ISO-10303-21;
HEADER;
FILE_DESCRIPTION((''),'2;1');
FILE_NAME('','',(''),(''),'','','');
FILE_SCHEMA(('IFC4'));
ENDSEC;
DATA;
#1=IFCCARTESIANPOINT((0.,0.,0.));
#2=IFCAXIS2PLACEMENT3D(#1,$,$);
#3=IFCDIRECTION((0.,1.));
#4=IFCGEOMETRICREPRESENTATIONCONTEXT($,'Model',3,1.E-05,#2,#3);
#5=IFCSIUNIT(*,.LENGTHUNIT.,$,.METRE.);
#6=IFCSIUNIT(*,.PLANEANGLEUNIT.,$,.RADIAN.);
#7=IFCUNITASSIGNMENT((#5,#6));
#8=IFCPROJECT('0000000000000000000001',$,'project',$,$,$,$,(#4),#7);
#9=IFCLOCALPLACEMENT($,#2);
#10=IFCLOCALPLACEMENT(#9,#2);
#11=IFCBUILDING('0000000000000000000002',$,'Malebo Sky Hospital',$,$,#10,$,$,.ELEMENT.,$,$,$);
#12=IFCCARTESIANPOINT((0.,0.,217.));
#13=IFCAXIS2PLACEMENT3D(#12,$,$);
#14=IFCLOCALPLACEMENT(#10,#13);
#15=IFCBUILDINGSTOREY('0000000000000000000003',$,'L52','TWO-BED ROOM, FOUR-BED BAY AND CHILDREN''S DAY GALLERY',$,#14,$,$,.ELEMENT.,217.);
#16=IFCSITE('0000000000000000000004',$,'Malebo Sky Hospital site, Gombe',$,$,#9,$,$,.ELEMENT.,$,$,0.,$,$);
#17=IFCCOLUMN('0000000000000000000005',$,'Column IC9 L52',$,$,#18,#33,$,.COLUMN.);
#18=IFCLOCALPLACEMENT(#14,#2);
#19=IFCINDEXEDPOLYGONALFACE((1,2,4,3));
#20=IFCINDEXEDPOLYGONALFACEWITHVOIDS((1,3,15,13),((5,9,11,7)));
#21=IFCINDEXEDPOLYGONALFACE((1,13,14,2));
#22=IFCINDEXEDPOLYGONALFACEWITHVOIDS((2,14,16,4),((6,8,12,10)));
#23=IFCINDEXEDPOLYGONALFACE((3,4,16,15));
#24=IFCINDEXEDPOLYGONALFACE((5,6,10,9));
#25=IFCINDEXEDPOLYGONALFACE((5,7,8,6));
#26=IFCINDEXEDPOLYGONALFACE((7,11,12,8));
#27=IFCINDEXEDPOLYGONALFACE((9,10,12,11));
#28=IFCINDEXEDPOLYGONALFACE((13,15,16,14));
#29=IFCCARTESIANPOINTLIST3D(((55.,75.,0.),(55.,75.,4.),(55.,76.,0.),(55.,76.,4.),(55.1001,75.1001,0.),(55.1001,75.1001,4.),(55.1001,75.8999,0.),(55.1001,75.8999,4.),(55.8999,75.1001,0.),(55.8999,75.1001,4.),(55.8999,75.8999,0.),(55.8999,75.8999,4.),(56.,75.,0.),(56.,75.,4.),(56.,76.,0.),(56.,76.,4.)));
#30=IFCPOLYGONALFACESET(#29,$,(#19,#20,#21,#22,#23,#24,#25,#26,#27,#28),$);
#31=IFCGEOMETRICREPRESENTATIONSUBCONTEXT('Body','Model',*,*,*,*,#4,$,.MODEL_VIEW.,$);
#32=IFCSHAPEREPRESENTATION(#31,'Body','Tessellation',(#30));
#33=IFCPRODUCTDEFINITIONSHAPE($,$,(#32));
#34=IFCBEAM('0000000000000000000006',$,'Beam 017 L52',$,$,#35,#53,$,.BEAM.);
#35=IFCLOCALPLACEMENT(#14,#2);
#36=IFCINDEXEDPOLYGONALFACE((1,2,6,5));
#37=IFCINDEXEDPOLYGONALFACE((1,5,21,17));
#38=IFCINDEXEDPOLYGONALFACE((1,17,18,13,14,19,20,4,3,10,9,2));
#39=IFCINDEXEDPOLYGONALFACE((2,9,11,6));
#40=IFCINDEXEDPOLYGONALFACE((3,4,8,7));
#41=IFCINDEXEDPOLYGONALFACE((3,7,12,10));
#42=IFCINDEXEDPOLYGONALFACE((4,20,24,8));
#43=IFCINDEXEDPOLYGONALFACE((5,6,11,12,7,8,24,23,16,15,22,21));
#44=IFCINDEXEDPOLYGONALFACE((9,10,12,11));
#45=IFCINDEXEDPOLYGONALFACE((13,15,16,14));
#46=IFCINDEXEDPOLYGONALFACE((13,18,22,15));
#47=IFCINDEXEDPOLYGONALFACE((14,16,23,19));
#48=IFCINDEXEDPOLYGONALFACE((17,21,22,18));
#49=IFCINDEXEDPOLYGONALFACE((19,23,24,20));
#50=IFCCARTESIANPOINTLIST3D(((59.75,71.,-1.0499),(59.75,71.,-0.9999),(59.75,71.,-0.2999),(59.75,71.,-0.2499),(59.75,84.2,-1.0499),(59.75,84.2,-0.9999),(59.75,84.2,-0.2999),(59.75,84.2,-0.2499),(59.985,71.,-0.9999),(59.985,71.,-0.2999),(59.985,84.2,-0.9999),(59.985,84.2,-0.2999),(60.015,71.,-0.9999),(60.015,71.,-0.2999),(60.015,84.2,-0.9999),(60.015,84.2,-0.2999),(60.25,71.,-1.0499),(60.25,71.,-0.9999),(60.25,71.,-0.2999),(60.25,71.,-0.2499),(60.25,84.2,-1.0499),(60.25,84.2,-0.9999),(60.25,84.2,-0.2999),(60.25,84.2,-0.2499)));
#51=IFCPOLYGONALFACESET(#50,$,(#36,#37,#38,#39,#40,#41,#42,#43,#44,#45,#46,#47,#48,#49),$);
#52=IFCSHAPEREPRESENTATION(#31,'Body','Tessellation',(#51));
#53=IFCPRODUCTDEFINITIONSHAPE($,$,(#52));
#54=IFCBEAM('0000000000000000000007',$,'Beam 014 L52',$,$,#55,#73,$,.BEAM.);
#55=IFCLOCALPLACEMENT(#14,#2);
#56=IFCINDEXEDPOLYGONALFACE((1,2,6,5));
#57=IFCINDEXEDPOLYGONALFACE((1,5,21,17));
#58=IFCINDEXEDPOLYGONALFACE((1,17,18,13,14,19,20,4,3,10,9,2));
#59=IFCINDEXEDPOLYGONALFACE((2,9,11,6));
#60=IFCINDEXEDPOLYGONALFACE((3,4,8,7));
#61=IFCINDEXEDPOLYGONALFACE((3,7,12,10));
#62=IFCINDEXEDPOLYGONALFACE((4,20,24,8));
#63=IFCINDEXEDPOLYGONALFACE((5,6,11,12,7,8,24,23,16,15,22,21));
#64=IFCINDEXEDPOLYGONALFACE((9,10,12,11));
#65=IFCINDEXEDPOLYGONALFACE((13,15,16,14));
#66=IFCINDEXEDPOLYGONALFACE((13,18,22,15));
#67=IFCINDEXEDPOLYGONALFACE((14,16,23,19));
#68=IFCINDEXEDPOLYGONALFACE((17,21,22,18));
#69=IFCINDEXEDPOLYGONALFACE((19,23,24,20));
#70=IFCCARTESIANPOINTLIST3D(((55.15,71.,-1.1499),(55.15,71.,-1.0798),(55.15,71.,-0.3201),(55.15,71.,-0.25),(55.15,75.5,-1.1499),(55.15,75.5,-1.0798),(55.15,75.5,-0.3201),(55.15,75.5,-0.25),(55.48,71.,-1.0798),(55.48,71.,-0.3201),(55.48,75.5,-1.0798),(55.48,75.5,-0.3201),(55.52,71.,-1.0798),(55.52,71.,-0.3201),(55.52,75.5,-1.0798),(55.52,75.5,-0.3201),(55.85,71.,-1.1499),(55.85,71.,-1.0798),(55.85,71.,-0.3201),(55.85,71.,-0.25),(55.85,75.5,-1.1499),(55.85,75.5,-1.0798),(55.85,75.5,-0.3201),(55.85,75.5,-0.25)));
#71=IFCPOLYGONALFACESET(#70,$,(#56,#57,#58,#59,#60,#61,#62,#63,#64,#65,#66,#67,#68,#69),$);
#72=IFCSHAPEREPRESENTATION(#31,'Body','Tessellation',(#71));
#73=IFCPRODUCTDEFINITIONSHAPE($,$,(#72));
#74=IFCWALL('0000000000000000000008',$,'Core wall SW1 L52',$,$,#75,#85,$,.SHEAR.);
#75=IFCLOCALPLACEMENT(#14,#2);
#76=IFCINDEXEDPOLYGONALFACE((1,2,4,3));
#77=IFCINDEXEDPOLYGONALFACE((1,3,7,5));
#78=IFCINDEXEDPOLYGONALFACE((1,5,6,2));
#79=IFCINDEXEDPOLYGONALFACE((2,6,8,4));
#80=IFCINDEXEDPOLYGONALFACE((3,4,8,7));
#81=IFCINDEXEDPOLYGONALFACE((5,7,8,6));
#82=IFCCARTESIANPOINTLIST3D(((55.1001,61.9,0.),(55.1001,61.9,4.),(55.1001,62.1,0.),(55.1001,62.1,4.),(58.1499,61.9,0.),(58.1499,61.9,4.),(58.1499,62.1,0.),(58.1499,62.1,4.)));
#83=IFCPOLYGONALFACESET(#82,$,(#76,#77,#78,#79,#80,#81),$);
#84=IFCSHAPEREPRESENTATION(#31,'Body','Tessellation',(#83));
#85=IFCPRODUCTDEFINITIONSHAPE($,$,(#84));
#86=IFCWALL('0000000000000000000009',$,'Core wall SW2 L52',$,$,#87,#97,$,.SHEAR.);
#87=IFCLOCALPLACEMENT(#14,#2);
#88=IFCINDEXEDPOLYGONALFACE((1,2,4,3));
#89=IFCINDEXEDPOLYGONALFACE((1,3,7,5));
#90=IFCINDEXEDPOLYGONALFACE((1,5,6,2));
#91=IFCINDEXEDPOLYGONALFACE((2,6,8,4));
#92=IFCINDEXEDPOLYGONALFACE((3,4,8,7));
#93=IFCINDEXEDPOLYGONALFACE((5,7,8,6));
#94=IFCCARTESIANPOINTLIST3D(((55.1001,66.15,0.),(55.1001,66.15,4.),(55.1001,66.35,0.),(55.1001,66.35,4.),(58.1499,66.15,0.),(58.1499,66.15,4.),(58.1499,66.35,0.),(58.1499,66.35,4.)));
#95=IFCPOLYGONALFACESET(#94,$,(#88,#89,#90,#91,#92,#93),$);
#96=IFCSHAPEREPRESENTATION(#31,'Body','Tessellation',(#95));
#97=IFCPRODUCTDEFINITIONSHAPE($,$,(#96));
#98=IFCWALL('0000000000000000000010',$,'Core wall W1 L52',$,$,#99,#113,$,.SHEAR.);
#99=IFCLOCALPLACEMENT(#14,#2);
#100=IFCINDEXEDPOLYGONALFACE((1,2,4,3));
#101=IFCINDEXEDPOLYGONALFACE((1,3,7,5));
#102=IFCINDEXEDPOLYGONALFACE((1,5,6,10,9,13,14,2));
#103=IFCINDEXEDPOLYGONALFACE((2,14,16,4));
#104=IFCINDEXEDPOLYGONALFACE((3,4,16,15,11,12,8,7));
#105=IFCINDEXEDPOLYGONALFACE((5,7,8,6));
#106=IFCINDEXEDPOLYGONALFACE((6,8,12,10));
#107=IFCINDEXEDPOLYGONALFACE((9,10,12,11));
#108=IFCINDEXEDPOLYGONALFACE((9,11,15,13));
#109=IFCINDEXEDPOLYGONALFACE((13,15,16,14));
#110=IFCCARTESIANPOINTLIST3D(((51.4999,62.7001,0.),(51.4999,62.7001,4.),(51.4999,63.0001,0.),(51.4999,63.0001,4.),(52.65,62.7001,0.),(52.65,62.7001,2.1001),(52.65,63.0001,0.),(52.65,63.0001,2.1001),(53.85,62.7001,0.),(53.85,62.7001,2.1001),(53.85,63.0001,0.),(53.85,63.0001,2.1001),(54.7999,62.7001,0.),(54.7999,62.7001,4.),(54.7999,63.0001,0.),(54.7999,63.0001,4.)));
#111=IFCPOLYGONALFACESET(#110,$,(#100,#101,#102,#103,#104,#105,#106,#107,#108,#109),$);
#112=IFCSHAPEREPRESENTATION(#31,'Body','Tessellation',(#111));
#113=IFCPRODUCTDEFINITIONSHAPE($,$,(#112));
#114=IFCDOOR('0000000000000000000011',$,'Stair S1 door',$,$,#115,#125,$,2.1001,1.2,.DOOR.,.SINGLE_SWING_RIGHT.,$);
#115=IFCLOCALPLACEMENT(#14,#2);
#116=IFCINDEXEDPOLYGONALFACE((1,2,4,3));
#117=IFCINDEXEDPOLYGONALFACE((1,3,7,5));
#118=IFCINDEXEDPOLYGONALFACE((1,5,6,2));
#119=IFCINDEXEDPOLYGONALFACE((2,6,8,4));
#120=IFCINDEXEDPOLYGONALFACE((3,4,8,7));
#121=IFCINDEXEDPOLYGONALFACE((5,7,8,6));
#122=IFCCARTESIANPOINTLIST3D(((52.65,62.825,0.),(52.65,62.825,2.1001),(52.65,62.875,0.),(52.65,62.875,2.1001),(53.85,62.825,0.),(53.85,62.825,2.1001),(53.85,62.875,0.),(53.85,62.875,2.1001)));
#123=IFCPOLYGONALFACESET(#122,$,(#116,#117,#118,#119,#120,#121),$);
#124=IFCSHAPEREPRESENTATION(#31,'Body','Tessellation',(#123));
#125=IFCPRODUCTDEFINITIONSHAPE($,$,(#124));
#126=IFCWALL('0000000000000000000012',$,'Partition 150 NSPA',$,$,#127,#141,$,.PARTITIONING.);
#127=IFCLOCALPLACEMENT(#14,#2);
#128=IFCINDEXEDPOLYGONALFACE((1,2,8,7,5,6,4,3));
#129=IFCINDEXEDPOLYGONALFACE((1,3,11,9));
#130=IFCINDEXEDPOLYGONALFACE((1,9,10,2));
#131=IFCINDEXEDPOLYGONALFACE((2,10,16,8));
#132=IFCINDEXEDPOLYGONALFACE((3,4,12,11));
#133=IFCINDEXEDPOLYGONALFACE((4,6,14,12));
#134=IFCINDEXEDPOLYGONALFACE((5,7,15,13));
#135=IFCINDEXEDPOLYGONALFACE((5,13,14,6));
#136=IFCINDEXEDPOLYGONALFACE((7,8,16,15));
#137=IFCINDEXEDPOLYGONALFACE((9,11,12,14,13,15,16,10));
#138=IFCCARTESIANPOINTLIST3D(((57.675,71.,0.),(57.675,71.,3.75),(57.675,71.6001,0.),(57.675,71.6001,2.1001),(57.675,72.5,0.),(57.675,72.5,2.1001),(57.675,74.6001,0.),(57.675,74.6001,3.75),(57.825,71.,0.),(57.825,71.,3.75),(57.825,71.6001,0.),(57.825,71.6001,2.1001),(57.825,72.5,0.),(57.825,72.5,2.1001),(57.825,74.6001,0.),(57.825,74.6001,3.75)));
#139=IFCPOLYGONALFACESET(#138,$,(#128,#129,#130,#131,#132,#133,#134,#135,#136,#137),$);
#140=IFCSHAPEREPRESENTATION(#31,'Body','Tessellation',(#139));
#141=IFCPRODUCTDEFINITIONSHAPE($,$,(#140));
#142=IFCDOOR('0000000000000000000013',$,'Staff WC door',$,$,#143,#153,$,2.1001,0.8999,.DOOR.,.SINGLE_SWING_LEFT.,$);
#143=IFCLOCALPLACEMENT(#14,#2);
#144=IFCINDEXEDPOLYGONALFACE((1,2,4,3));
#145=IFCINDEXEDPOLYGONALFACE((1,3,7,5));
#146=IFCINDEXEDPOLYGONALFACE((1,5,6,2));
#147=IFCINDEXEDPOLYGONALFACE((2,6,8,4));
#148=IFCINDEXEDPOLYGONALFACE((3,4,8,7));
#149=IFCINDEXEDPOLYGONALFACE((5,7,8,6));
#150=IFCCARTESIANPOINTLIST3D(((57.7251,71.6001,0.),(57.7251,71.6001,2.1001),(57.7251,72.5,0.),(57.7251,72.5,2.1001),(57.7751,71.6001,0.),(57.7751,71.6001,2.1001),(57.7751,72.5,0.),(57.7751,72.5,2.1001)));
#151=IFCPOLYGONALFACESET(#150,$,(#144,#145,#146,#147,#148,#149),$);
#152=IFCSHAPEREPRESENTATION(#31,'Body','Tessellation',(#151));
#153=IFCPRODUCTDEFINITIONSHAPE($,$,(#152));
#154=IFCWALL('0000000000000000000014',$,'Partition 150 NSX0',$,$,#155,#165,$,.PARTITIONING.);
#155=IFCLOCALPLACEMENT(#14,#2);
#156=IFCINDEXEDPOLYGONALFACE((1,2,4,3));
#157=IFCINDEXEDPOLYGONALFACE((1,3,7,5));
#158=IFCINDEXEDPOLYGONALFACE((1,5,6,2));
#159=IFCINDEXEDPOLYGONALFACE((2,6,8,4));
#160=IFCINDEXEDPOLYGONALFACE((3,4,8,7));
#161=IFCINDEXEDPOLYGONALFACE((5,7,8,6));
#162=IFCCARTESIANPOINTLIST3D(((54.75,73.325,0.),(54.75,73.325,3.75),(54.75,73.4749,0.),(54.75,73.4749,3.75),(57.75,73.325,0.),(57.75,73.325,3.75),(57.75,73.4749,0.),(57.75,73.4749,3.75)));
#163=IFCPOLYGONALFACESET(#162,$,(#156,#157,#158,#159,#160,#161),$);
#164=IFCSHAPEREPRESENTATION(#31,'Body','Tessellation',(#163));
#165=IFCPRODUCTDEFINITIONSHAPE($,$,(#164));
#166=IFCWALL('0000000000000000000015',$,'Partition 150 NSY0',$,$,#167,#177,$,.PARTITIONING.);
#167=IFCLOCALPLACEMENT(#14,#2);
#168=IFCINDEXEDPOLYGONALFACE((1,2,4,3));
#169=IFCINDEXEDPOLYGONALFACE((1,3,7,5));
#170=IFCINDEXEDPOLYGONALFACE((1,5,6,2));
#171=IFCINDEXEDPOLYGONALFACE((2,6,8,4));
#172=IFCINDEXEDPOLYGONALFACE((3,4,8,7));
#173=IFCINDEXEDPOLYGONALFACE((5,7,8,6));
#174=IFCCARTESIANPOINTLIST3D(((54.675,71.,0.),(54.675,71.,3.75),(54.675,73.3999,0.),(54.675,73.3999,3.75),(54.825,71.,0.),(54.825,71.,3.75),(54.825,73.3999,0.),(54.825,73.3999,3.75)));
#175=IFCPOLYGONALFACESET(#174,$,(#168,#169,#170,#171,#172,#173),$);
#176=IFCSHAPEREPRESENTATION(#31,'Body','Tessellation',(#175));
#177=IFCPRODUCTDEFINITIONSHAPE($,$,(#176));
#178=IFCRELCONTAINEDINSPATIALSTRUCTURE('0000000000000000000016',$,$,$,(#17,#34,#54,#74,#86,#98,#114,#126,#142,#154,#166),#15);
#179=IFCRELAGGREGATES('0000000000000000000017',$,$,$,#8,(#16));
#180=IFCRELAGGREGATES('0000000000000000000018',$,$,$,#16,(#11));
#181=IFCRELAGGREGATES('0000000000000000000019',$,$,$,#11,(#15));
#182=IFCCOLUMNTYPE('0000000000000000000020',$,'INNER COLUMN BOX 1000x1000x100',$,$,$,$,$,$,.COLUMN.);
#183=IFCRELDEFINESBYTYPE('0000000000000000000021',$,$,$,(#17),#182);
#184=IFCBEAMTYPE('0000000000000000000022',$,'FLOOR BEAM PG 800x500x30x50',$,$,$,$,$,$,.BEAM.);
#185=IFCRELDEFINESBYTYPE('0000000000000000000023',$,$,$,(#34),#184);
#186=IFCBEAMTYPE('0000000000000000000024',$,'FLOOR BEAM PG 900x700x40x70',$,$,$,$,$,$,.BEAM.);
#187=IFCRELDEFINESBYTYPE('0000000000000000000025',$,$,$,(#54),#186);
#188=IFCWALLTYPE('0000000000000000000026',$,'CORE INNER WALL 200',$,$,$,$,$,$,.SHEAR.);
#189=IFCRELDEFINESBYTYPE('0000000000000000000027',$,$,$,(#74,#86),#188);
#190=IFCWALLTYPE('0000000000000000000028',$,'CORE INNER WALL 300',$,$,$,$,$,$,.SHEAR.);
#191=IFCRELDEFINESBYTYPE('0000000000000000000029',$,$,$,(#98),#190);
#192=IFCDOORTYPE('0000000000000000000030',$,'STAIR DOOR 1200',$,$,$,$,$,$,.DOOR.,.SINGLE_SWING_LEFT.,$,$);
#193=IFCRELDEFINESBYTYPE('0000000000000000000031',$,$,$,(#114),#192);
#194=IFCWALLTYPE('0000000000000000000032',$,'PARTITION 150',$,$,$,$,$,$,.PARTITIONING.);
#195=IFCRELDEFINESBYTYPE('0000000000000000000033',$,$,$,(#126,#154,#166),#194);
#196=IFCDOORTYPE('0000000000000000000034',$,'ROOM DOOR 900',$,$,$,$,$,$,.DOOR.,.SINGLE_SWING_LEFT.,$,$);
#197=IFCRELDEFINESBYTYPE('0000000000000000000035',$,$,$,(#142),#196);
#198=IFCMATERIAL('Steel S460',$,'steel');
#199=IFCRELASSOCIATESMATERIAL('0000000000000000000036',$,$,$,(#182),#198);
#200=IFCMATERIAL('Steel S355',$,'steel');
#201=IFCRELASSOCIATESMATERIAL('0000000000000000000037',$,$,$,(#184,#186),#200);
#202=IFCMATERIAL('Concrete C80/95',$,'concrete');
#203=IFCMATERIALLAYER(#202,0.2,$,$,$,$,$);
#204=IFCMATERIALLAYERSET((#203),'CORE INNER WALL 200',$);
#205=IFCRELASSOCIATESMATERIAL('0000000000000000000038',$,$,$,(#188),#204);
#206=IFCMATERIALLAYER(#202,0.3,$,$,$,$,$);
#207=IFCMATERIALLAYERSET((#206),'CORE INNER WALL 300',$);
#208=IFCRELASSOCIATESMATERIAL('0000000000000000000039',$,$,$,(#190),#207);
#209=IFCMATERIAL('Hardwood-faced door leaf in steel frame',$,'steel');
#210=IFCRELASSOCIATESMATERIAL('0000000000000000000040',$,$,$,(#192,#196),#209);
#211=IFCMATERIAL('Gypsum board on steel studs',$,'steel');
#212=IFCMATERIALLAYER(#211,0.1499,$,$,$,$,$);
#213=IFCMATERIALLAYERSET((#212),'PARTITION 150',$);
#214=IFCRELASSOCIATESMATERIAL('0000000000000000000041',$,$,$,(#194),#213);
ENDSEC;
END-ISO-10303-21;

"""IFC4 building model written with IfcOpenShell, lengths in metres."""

from ifc_helpers import new_model, si_unit, direction, frame, frame_2d, origin, origin_2d, place, context, subcontext, project, spatial, rectangle, hollow_rectangle, i_section, extrude, material, layer, layer_set, material_profile, profile_set, type_object, element, fill, save


model = new_model("IFC4")

# Units and contexts
model_context = context("Model", 3, precision=1e-05, world=origin(), true_north=direction((0.0, 1.0)))
body_context = subcontext(model_context, "Body", "Model", "MODEL_VIEW")
ifc_project = project(units=[si_unit("LENGTHUNIT", "METRE"), si_unit("PLANEANGLEUNIT", "RADIAN")], contexts=[model_context])

# Site, building, storey
site_placement = place(None, origin())
site = spatial("IfcSite", under=ifc_project, at=site_placement, Name="Malebo Sky Hospital site, Gombe", CompositionType="ELEMENT", RefElevation=0.0)
building_placement = place(site_placement, origin())
building = spatial("IfcBuilding", under=site, at=building_placement, Name="Malebo Sky Hospital", CompositionType="ELEMENT")
storey_placement = place(building_placement, frame((0.0, 0.0, 217.0)))
storey = spatial("IfcBuildingStorey", under=building, at=storey_placement, Name="L52", Description="TWO-BED ROOM, FOUR-BED BAY AND CHILDREN'S DAY GALLERY", CompositionType="ELEMENT", Elevation=217.0)

# Column
ifc_material_1 = material(Name="Steel S460", Category="steel")
ifc_material_profile_1 = material_profile(ifc_material_1, hollow_rectangle(XDim=1.0, YDim=1.0, WallThickness=0.1001, at=origin_2d()), Name="BOX 1000x1000x100")
ifc_profile_set_1 = profile_set([ifc_material_profile_1], Name="Steel S460")
column_type = type_object("IfcColumnType", Name="INNER COLUMN BOX 1000x1000x100", PredefinedType="COLUMN", material=ifc_profile_set_1)
column_placement = place(storey_placement, frame((55.5, 75.5, 0.0), z_axis=(0.0, 0.0, 1.0), x_axis=(1.0, 0.0, 0.0)))
element("IfcColumn", 1, at=column_placement, inside=storey, type_object=column_type, Name="Column IC9 L52", PredefinedType="COLUMN", context=body_context, shape_type="SweptSolid", body=[
    extrude(hollow_rectangle(XDim=1.0, YDim=1.0, WallThickness=0.1001, at=origin_2d()), origin(), (0.0, 0.0, 1.0), 4.0),
])

# Beams
ifc_material_2 = material(Name="Steel S355", Category="steel")
ifc_material_profile_2 = material_profile(ifc_material_2, i_section(OverallWidth=0.5, OverallDepth=0.8, WebThickness=0.03, FlangeThickness=0.05, at=origin_2d()), Name="PG 800x500x30x50")
ifc_profile_set_2 = profile_set([ifc_material_profile_2], Name="Steel S355")
beam_type_1 = type_object("IfcBeamType", Name="FLOOR BEAM PG 800x500x30x50", PredefinedType="BEAM", material=ifc_profile_set_2)
beam_1_placement = place(storey_placement, frame((60.0, 71.0, -0.6499), z_axis=(0.0, 1.0, 0.0), x_axis=(-1.0, 0.0, 0.0)))
element("IfcBeam", 2, at=beam_1_placement, inside=storey, type_object=beam_type_1, Name="Beam 017 L52", PredefinedType="BEAM", context=body_context, shape_type="SweptSolid", body=[
    extrude(i_section(OverallWidth=0.5, OverallDepth=0.8, WebThickness=0.03, FlangeThickness=0.05, at=origin_2d()), origin(), (0.0, 0.0, 1.0), 13.2),
])
ifc_material_profile_3 = material_profile(ifc_material_2, i_section(OverallWidth=0.7, OverallDepth=0.8999, WebThickness=0.04, FlangeThickness=0.0701, at=origin_2d()), Name="PG 900x700x40x70")
ifc_profile_set_3 = profile_set([ifc_material_profile_3], Name="Steel S355")
beam_type_2 = type_object("IfcBeamType", Name="FLOOR BEAM PG 900x700x40x70", PredefinedType="BEAM", material=ifc_profile_set_3)
beam_2_placement = place(storey_placement, frame((55.5, 71.0, -0.7), z_axis=(0.0, 1.0, 0.0), x_axis=(-1.0, 0.0, 0.0)))
element("IfcBeam", 3, at=beam_2_placement, inside=storey, type_object=beam_type_2, Name="Beam 014 L52", PredefinedType="BEAM", context=body_context, shape_type="SweptSolid", body=[
    extrude(i_section(OverallWidth=0.7, OverallDepth=0.8999, WebThickness=0.04, FlangeThickness=0.0701, at=origin_2d()), origin(), (0.0, 0.0, 1.0), 4.5),
])

# Walls
ifc_material_3 = material(Name="Concrete C80/95", Category="concrete")
ifc_layer_1 = layer(ifc_material_3, 0.2)
ifc_layer_set_1 = layer_set([ifc_layer_1], Name="CORE INNER WALL 200")
wall_type_1 = type_object("IfcWallType", Name="CORE INNER WALL 200", PredefinedType="SHEAR", material=ifc_layer_set_1)
for number, where, z_axis, x_axis, name in (
    (4, (55.1001, 62.0, 0.0), (0.0, 0.0, 1.0), (1.0, 0.0, 0.0), "Core wall SW1 L52"),
    (5, (55.1001, 66.25, 0.0), (0.0, 0.0, 1.0), (1.0, 0.0, 0.0), "Core wall SW2 L52"),
):
    element("IfcWall", number, at=place(storey_placement, frame(where, z_axis=z_axis, x_axis=x_axis)), inside=storey, type_object=wall_type_1, Name=name, PredefinedType="SHEAR", context=body_context, shape_type="SweptSolid", body=[
        extrude(rectangle(XDim=3.0498, YDim=0.2, at=frame_2d((1.5249, 0.0))), origin(), (0.0, 0.0, 1.0), 4.0),
    ])

# Walls, openings, doors
ifc_layer_2 = layer(ifc_material_3, 0.3)
ifc_layer_set_2 = layer_set([ifc_layer_2], Name="CORE INNER WALL 300")
wall_type_2 = type_object("IfcWallType", Name="CORE INNER WALL 300", PredefinedType="SHEAR", material=ifc_layer_set_2)
wall_1_placement = place(storey_placement, frame((51.5, 62.8501, 0.0), z_axis=(0.0, 0.0, 1.0), x_axis=(1.0, 0.0, 0.0)))
wall_1 = element("IfcWall", 6, at=wall_1_placement, inside=storey, type_object=wall_type_2, Name="Core wall W1 L52", PredefinedType="SHEAR", context=body_context, shape_type="SweptSolid", body=[
    extrude(rectangle(XDim=3.3, YDim=0.3, at=frame_2d((1.6499, 0.0))), origin(), (0.0, 0.0, 1.0), 4.0),
])
opening_1_placement = place(wall_1_placement, frame((1.1499, 0.0, 0.0)))
opening_1 = element("IfcOpeningElement", 7, at=opening_1_placement, cuts=wall_1, PredefinedType="OPENING", context=body_context, shape_type="SweptSolid", body=[
    extrude(rectangle(XDim=1.2, YDim=2.1001, at=frame_2d((0.6001, 1.05))), frame((0.0, 0.1599, 0.0), z_axis=(0.0, -1.0, 0.0), x_axis=(1.0, 0.0, 0.0)), (0.0, 0.0, 1.0), 0.3201),
])
ifc_material_4 = material(Name="Hardwood-faced door leaf in steel frame", Category="steel")
door_type_1 = type_object("IfcDoorType", Name="STAIR DOOR 1200", OperationType="SINGLE_SWING_LEFT", PredefinedType="DOOR", material=ifc_material_4)
door_1_placement = place(opening_1_placement, origin())
door_1 = element("IfcDoor", 8, at=door_1_placement, inside=storey, type_object=door_type_1, Name="Stair S1 door", OperationType="SINGLE_SWING_RIGHT", OverallHeight=2.1001, OverallWidth=1.2, PredefinedType="DOOR", context=body_context, shape_type="SweptSolid", body=[
    extrude(rectangle(XDim=1.2, YDim=2.1001, at=frame_2d((0.6001, 1.05))), frame((0.0, 0.0249, 0.0), z_axis=(0.0, -1.0, 0.0), x_axis=(1.0, 0.0, 0.0)), (0.0, 0.0, 1.0), 0.05),
])
fill(opening_1, door_1)
ifc_material_5 = material(Name="Gypsum board on steel studs", Category="steel")
ifc_layer_3 = layer(ifc_material_5, 0.1499)
ifc_layer_set_3 = layer_set([ifc_layer_3], Name="PARTITION 150")
wall_type_3 = type_object("IfcWallType", Name="PARTITION 150", PredefinedType="PARTITIONING", material=ifc_layer_set_3)
wall_2_placement = place(storey_placement, frame((57.75, 71.0, 0.0), z_axis=(0.0, 0.0, 1.0), x_axis=(0.0, 1.0, 0.0)))
wall_2 = element("IfcWall", 9, at=wall_2_placement, inside=storey, type_object=wall_type_3, Name="Partition 150 NSPA", PredefinedType="PARTITIONING", context=body_context, shape_type="SweptSolid", body=[
    extrude(rectangle(XDim=3.6001, YDim=0.1499, at=frame_2d((1.8, 0.0))), origin(), (0.0, 0.0, 1.0), 3.75),
])
opening_2_placement = place(wall_2_placement, frame((0.6001, 0.0, 0.0)))
opening_2 = element("IfcOpeningElement", 10, at=opening_2_placement, cuts=wall_2, PredefinedType="OPENING", context=body_context, shape_type="SweptSolid", body=[
    extrude(rectangle(XDim=0.8999, YDim=2.1001, at=frame_2d((0.45, 1.05))), frame((0.0, 0.085, 0.0), z_axis=(0.0, -1.0, 0.0), x_axis=(1.0, 0.0, 0.0)), (0.0, 0.0, 1.0), 0.1699),
])
door_type_2 = type_object("IfcDoorType", Name="ROOM DOOR 900", OperationType="SINGLE_SWING_LEFT", PredefinedType="DOOR", material=ifc_material_4)
door_2_placement = place(opening_2_placement, origin())
door_2 = element("IfcDoor", 11, at=door_2_placement, inside=storey, type_object=door_type_2, Name="Staff WC door", OperationType="SINGLE_SWING_LEFT", OverallHeight=2.1001, OverallWidth=0.8999, PredefinedType="DOOR", context=body_context, shape_type="SweptSolid", body=[
    extrude(rectangle(XDim=0.8999, YDim=2.1001, at=frame_2d((0.45, 1.05))), frame((0.0, 0.0249, 0.0), z_axis=(0.0, -1.0, 0.0), x_axis=(1.0, 0.0, 0.0)), (0.0, 0.0, 1.0), 0.05),
])
fill(opening_2, door_2)

# Walls
wall_3_placement = place(storey_placement, frame((54.75, 73.3999, 0.0), z_axis=(0.0, 0.0, 1.0), x_axis=(1.0, 0.0, 0.0)))
element("IfcWall", 12, at=wall_3_placement, inside=storey, type_object=wall_type_3, Name="Partition 150 NSX0", PredefinedType="PARTITIONING", context=body_context, shape_type="SweptSolid", body=[
    extrude(rectangle(XDim=3.0, YDim=0.1499, at=frame_2d((1.5, 0.0))), origin(), (0.0, 0.0, 1.0), 3.75),
])
wall_4_placement = place(storey_placement, frame((54.75, 71.0, 0.0), z_axis=(0.0, 0.0, 1.0), x_axis=(0.0, 1.0, 0.0)))
element("IfcWall", 13, at=wall_4_placement, inside=storey, type_object=wall_type_3, Name="Partition 150 NSY0", PredefinedType="PARTITIONING", context=body_context, shape_type="SweptSolid", body=[
    extrude(rectangle(XDim=2.3999, YDim=0.1499, at=frame_2d((1.2, 0.0))), origin(), (0.0, 0.0, 1.0), 3.75),
])

save(model, "model.ifc")
